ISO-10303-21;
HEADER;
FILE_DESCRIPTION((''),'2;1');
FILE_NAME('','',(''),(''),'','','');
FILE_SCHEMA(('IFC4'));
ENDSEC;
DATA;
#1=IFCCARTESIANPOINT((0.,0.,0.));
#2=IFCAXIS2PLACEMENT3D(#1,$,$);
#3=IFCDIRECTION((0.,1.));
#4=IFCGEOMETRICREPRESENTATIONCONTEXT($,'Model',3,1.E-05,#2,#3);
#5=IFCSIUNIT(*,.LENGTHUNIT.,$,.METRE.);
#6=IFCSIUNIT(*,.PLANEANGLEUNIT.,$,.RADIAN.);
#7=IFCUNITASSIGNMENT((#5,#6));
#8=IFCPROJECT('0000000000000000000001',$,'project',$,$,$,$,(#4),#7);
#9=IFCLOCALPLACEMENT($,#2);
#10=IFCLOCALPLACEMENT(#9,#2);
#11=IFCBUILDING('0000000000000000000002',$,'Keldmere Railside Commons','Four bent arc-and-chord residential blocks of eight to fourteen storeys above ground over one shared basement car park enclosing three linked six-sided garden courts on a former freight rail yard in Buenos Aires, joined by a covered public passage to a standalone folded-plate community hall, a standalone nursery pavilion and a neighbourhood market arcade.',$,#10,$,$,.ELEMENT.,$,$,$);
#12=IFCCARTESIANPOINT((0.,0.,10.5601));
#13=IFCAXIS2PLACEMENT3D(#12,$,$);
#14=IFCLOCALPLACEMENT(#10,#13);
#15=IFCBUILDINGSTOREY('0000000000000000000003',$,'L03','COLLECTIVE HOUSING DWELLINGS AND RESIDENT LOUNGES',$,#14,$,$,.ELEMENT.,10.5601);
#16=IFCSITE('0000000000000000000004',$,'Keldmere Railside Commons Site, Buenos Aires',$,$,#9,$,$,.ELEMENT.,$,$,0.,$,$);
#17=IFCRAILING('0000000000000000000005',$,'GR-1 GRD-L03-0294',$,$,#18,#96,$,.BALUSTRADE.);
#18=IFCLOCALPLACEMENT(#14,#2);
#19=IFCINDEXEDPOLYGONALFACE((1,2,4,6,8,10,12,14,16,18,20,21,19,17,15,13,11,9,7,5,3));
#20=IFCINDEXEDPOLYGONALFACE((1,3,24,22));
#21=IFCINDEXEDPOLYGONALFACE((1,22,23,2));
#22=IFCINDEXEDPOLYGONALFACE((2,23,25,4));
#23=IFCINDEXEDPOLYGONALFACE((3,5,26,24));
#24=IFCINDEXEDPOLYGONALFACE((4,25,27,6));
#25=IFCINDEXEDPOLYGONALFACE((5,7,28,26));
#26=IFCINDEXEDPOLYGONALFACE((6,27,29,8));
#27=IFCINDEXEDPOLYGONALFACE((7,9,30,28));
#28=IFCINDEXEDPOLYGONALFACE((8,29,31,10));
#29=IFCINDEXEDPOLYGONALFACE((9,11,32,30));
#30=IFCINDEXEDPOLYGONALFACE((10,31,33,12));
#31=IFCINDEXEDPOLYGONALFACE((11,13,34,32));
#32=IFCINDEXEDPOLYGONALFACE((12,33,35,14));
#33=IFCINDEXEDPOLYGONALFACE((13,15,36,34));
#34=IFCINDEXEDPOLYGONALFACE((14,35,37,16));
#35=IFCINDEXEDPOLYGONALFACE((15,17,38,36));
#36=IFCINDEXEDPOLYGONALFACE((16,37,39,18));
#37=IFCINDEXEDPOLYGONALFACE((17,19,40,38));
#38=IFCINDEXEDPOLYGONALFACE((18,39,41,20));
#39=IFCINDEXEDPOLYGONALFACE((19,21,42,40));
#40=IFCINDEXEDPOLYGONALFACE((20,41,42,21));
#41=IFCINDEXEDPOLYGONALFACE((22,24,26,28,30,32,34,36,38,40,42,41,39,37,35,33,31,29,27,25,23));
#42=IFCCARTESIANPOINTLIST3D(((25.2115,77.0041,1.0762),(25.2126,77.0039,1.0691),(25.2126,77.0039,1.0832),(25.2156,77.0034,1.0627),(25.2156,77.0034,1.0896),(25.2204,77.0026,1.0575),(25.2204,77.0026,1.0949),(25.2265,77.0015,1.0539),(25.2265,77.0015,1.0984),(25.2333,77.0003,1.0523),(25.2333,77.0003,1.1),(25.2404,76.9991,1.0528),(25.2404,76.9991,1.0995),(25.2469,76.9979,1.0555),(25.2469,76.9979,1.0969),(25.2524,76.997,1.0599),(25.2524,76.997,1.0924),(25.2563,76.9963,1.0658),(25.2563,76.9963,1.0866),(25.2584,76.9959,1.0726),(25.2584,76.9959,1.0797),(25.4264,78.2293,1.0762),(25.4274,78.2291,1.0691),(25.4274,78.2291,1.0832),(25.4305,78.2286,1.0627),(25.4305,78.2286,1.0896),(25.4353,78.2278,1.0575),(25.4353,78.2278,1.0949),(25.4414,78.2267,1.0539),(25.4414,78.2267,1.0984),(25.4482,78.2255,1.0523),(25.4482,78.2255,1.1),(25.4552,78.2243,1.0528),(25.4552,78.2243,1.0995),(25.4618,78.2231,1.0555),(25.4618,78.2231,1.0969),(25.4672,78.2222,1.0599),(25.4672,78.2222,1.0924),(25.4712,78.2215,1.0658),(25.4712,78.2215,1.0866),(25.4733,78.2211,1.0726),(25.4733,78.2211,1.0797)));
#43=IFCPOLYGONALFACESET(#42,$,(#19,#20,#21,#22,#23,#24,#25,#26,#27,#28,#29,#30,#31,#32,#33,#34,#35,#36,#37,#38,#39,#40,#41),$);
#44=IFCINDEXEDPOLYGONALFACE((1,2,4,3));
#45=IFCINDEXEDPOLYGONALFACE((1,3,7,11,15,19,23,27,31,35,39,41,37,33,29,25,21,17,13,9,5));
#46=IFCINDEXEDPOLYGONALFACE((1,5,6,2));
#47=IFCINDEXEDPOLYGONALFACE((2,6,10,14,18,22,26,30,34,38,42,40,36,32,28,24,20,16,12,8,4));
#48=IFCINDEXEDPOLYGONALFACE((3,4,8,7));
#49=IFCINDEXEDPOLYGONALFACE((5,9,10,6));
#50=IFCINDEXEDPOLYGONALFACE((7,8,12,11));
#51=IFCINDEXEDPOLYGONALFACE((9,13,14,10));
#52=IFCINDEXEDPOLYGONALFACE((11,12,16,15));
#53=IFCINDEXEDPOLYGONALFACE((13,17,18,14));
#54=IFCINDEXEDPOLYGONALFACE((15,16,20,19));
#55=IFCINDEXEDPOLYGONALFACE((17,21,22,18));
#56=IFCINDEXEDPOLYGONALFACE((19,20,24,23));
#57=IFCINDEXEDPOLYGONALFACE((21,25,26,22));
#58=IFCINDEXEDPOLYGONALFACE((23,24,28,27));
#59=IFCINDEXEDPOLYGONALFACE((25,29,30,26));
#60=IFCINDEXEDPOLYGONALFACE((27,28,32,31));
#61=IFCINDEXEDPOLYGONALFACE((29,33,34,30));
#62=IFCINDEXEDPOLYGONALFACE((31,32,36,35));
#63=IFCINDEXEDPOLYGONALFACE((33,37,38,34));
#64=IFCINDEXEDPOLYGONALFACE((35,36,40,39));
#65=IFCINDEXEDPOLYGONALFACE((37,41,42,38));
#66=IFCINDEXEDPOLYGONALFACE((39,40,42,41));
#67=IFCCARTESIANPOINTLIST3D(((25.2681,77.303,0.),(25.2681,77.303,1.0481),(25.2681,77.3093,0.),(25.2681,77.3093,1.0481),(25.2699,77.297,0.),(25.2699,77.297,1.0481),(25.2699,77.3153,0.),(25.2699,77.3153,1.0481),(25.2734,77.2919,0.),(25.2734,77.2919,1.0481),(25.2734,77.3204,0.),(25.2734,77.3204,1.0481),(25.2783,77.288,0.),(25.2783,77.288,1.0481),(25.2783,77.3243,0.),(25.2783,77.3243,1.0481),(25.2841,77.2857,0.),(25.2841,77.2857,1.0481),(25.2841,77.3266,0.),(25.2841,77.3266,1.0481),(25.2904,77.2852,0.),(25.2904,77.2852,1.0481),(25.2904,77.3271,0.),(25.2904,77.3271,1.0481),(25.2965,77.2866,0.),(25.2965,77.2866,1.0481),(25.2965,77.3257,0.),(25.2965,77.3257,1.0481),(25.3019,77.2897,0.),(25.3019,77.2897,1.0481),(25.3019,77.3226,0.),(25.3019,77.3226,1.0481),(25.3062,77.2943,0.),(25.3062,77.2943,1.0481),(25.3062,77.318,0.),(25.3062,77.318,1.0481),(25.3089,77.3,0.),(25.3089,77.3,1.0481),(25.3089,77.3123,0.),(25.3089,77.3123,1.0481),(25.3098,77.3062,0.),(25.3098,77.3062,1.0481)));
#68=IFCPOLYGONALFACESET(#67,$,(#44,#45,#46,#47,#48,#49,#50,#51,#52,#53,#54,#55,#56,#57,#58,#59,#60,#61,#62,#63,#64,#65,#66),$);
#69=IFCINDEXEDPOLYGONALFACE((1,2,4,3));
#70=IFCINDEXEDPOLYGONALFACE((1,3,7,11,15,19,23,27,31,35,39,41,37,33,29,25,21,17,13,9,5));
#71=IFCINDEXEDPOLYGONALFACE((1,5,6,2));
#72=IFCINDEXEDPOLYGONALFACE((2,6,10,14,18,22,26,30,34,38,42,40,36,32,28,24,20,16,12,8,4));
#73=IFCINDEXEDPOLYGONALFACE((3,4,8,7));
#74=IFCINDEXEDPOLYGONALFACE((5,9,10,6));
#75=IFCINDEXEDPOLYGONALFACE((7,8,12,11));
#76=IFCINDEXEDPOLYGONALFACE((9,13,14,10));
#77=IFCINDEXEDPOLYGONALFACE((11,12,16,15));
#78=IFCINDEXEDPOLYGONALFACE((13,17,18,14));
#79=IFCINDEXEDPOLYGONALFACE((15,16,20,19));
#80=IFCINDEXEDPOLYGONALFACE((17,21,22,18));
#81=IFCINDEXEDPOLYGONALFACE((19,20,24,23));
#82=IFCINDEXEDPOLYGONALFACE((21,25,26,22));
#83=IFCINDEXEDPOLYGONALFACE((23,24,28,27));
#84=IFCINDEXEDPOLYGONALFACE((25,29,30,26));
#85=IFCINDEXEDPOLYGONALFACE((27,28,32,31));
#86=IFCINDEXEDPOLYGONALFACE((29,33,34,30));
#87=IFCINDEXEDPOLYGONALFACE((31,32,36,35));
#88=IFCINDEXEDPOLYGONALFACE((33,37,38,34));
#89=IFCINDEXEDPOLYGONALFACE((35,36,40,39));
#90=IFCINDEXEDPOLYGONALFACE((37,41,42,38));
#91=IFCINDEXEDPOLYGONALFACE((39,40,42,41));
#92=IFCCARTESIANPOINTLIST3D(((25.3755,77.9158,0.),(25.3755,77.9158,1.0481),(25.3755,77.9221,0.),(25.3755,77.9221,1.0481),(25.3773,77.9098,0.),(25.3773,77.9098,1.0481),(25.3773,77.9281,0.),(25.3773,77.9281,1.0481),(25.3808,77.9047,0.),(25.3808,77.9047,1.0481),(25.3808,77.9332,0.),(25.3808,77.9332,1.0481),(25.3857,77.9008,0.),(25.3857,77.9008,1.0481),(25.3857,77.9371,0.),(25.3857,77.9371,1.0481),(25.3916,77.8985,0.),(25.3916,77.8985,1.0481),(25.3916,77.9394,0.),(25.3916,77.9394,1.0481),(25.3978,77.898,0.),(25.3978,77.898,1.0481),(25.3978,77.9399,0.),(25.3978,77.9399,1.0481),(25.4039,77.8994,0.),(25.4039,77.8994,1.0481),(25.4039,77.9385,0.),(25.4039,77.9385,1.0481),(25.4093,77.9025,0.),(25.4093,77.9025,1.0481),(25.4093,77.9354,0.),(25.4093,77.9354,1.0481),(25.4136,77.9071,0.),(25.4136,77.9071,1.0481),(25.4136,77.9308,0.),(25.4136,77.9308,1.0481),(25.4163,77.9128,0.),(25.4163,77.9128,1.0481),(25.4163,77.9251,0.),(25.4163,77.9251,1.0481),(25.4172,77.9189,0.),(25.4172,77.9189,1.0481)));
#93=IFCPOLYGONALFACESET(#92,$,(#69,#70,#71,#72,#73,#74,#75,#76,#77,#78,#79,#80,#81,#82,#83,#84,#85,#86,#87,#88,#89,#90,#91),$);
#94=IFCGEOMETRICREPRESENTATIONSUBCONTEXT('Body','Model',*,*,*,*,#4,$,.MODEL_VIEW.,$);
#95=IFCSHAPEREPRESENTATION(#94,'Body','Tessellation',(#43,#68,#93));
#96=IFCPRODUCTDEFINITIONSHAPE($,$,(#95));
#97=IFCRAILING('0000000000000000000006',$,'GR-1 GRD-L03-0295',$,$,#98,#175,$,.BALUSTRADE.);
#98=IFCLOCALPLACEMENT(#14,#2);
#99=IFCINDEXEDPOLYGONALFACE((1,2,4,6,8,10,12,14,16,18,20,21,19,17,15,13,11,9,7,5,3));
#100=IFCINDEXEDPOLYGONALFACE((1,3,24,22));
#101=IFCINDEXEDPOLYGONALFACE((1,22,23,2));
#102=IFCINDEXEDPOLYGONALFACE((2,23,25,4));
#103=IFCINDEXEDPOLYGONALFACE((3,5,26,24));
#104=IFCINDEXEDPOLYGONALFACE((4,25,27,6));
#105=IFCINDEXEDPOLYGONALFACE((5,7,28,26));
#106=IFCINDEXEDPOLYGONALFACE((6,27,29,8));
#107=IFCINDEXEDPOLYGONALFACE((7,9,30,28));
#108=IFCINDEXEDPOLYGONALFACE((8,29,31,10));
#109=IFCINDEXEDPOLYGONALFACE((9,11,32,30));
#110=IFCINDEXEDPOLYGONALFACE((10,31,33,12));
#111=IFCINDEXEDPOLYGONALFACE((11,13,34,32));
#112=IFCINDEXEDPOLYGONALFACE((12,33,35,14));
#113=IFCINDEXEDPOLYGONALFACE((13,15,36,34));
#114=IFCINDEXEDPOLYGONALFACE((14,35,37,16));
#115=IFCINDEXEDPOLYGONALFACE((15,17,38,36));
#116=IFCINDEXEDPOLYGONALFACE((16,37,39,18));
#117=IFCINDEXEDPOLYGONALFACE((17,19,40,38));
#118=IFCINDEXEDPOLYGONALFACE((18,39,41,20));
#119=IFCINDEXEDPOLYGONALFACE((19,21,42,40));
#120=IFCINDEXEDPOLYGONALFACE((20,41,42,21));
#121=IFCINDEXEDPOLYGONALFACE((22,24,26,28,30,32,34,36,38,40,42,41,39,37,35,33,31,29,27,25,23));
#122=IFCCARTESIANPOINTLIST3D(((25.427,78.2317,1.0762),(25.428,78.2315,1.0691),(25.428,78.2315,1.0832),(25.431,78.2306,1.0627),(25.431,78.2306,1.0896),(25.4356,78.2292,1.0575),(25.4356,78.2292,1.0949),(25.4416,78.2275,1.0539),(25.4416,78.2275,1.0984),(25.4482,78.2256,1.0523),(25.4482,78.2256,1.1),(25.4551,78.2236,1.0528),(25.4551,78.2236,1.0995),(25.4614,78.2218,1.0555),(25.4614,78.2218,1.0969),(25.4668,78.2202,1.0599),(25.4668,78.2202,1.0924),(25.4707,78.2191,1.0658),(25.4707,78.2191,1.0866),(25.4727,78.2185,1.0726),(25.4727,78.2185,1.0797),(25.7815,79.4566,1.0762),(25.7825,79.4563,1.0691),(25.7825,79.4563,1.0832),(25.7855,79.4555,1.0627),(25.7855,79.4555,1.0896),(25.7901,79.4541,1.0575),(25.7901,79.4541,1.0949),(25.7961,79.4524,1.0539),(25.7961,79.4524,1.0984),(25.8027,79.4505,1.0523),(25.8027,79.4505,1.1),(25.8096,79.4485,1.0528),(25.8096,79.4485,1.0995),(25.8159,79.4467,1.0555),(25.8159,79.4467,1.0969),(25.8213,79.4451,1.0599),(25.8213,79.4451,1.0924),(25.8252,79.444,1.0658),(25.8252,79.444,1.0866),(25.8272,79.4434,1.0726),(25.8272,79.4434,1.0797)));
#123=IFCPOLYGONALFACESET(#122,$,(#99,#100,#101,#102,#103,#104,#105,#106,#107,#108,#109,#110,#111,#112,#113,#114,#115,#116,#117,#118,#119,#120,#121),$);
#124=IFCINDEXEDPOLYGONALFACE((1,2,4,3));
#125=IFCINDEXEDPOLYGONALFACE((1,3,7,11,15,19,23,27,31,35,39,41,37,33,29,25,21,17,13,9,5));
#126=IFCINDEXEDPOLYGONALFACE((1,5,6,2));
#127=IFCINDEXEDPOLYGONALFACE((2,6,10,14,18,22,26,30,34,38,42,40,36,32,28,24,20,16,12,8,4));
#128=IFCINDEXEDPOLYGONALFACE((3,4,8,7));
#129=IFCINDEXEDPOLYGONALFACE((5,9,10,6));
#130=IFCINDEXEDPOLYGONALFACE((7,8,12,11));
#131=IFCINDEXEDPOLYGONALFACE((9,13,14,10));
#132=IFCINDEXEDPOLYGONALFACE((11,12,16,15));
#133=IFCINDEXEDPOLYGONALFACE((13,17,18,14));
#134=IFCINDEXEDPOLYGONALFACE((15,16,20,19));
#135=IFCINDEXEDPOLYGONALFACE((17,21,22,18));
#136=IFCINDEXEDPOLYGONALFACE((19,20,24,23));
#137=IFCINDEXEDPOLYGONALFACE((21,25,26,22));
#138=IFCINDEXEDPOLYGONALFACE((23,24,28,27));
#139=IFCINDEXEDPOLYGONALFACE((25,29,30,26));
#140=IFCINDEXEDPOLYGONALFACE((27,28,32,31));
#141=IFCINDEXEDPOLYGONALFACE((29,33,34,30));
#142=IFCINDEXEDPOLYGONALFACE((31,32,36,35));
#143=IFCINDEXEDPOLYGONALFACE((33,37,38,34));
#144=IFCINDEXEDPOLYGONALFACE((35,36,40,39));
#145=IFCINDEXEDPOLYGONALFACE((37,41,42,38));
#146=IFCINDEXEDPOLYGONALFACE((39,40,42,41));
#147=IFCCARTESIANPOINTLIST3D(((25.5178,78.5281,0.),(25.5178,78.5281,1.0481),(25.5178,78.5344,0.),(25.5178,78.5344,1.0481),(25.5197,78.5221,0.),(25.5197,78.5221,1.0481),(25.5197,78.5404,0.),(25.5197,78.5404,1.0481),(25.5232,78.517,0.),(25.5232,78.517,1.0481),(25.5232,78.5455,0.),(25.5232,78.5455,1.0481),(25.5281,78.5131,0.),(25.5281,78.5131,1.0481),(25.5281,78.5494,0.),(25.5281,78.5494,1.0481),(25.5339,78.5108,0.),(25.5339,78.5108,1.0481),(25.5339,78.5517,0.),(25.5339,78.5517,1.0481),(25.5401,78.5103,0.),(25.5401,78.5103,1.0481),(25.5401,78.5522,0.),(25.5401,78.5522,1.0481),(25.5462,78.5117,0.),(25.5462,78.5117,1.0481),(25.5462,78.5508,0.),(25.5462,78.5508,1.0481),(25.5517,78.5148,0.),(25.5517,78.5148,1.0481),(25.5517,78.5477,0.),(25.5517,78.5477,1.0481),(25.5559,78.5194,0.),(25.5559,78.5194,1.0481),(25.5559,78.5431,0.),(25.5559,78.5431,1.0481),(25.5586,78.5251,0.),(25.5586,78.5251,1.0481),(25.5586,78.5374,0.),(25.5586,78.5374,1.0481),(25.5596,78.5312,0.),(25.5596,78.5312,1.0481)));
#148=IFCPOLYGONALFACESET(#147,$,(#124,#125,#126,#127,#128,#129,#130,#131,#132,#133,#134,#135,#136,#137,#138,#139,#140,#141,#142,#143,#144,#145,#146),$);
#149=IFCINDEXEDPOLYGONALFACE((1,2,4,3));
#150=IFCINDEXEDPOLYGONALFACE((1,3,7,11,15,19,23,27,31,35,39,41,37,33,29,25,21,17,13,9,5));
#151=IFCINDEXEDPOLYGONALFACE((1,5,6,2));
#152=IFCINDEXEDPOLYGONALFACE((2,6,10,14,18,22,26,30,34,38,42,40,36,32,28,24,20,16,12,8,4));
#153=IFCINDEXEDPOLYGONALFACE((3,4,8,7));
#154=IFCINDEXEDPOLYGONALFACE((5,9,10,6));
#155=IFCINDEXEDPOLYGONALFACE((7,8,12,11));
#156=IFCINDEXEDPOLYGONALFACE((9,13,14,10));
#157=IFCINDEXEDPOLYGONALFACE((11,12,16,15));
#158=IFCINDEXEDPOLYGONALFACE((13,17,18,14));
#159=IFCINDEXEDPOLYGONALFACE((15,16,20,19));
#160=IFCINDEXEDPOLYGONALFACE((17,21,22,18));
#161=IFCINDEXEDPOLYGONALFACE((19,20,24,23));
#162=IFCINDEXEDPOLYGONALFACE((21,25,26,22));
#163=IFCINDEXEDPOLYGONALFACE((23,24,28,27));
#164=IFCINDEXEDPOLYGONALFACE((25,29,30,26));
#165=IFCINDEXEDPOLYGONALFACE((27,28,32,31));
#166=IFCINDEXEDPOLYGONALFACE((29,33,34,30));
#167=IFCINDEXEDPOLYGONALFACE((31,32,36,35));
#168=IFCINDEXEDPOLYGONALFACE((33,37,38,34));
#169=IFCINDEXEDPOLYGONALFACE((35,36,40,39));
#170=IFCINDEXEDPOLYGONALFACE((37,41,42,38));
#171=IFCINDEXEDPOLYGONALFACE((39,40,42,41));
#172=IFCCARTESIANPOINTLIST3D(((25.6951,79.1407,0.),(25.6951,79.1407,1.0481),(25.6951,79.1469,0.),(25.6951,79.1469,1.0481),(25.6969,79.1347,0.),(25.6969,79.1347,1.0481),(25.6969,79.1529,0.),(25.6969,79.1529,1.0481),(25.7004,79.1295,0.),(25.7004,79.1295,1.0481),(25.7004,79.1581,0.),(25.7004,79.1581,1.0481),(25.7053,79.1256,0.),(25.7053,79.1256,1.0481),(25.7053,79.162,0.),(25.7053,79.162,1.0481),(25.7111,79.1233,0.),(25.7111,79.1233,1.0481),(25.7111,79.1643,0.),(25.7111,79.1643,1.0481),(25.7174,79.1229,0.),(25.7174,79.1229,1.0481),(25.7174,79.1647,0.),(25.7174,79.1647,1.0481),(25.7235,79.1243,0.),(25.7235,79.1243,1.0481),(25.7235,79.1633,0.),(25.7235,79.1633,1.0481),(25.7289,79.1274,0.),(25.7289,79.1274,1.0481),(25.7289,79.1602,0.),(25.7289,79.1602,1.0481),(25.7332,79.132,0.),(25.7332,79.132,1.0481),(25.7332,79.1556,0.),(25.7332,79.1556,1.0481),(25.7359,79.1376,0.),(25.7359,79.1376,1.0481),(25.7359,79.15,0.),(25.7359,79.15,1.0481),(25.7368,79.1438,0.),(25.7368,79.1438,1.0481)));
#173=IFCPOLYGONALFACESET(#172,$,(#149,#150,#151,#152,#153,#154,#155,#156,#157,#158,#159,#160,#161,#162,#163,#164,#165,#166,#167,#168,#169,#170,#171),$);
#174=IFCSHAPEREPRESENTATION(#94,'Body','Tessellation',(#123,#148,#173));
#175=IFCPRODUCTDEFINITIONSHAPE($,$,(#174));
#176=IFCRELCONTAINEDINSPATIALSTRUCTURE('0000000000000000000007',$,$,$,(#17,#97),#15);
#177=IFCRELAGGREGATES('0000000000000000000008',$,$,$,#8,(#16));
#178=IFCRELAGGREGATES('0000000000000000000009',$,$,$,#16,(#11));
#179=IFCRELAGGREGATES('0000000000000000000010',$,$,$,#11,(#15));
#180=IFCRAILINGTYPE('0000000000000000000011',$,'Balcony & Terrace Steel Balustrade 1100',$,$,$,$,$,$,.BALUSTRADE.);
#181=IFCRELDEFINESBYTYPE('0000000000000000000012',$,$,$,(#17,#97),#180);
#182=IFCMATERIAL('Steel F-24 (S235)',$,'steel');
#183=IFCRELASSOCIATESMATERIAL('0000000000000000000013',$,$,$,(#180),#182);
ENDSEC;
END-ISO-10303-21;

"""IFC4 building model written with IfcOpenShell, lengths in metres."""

from ifc_helpers import new_model, si_unit, direction, frame, origin, origin_2d, place, context, subcontext, project, spatial, circle, extrude, material, type_object, element, save


model = new_model("IFC4")

# Units and contexts
model_context = context("Model", 3, precision=1e-05, world=origin(), true_north=direction((0.0, 1.0)))
body_context = subcontext(model_context, "Body", "Model", "MODEL_VIEW")
ifc_project = project(units=[si_unit("LENGTHUNIT", "METRE"), si_unit("PLANEANGLEUNIT", "RADIAN")], contexts=[model_context])

# Site, building, storey
site_placement = place(None, origin())
site = spatial("IfcSite", under=ifc_project, at=site_placement, Name="Keldmere Railside Commons Site, Buenos Aires", CompositionType="ELEMENT", RefElevation=0.0)
building_placement = place(site_placement, origin())
building = spatial("IfcBuilding", under=site, at=building_placement, Name="Keldmere Railside Commons", Description="Four bent arc-and-chord residential blocks of eight to fourteen storeys above ground over one shared basement car park enclosing three linked six-sided garden courts on a former freight rail yard in Buenos Aires, joined by a covered public passage to a standalone folded-plate community hall, a standalone nursery pavilion and a neighbourhood market arcade.", CompositionType="ELEMENT")
storey_placement = place(building_placement, frame((0.0, 0.0, 10.5601)))
storey = spatial("IfcBuildingStorey", under=building, at=storey_placement, Name="L03", Description="COLLECTIVE HOUSING DWELLINGS AND RESIDENT LOUNGES", CompositionType="ELEMENT", Elevation=10.5601)

# Railings
ifc_material_1 = material(Name="Steel F-24 (S235)", Category="steel")
railing_type = type_object("IfcRailingType", Name="Balcony & Terrace Steel Balustrade 1100", PredefinedType="BALUSTRADE", material=ifc_material_1)
railing_1_placement = place(storey_placement, frame((25.2351, 77.0, 0.0)))
element("IfcRailing", 1, at=railing_1_placement, inside=storey, type_object=railing_type, Name="GR-1 GRD-L03-0294", PredefinedType="BALUSTRADE", context=body_context, shape_type="SweptSolid", body=[
    extrude(circle(Radius=0.0239, at=origin_2d()), frame((0.0, 0.0, 1.0762), z_axis=(0.172733, 0.984969, 0.0), x_axis=(-0.984969, 0.172733, 0.0)), (0.0, 0.0, 1.0), 1.2439),
    extrude(circle(Radius=0.021, at=origin_2d()), frame((0.0537, 0.3062, 0.0)), (0.0, 0.0, 1.0), 1.0481),
    extrude(circle(Radius=0.021, at=origin_2d()), frame((0.1611, 0.9189, 0.0)), (0.0, 0.0, 1.0), 1.0481),
])
railing_2_placement = place(storey_placement, frame((25.45, 78.2251, 0.0)))
element("IfcRailing", 2, at=railing_2_placement, inside=storey, type_object=railing_type, Name="GR-1 GRD-L03-0295", PredefinedType="BALUSTRADE", context=body_context, shape_type="SweptSolid", body=[
    extrude(circle(Radius=0.0239, at=origin_2d()), frame((0.0, 0.0, 1.0762), z_axis=(0.278007, 0.960579, 0.0), x_axis=(-0.960579, 0.278007, 0.0)), (0.0, 0.0, 1.0), 1.2751),
    extrude(circle(Radius=0.021, at=origin_2d()), frame((0.0886, 0.3062, 0.0)), (0.0, 0.0, 1.0), 1.0481),
    extrude(circle(Radius=0.021, at=origin_2d()), frame((0.2659, 0.9187, 0.0)), (0.0, 0.0, 1.0), 1.0481),
])

save(model, "model.ifc")
